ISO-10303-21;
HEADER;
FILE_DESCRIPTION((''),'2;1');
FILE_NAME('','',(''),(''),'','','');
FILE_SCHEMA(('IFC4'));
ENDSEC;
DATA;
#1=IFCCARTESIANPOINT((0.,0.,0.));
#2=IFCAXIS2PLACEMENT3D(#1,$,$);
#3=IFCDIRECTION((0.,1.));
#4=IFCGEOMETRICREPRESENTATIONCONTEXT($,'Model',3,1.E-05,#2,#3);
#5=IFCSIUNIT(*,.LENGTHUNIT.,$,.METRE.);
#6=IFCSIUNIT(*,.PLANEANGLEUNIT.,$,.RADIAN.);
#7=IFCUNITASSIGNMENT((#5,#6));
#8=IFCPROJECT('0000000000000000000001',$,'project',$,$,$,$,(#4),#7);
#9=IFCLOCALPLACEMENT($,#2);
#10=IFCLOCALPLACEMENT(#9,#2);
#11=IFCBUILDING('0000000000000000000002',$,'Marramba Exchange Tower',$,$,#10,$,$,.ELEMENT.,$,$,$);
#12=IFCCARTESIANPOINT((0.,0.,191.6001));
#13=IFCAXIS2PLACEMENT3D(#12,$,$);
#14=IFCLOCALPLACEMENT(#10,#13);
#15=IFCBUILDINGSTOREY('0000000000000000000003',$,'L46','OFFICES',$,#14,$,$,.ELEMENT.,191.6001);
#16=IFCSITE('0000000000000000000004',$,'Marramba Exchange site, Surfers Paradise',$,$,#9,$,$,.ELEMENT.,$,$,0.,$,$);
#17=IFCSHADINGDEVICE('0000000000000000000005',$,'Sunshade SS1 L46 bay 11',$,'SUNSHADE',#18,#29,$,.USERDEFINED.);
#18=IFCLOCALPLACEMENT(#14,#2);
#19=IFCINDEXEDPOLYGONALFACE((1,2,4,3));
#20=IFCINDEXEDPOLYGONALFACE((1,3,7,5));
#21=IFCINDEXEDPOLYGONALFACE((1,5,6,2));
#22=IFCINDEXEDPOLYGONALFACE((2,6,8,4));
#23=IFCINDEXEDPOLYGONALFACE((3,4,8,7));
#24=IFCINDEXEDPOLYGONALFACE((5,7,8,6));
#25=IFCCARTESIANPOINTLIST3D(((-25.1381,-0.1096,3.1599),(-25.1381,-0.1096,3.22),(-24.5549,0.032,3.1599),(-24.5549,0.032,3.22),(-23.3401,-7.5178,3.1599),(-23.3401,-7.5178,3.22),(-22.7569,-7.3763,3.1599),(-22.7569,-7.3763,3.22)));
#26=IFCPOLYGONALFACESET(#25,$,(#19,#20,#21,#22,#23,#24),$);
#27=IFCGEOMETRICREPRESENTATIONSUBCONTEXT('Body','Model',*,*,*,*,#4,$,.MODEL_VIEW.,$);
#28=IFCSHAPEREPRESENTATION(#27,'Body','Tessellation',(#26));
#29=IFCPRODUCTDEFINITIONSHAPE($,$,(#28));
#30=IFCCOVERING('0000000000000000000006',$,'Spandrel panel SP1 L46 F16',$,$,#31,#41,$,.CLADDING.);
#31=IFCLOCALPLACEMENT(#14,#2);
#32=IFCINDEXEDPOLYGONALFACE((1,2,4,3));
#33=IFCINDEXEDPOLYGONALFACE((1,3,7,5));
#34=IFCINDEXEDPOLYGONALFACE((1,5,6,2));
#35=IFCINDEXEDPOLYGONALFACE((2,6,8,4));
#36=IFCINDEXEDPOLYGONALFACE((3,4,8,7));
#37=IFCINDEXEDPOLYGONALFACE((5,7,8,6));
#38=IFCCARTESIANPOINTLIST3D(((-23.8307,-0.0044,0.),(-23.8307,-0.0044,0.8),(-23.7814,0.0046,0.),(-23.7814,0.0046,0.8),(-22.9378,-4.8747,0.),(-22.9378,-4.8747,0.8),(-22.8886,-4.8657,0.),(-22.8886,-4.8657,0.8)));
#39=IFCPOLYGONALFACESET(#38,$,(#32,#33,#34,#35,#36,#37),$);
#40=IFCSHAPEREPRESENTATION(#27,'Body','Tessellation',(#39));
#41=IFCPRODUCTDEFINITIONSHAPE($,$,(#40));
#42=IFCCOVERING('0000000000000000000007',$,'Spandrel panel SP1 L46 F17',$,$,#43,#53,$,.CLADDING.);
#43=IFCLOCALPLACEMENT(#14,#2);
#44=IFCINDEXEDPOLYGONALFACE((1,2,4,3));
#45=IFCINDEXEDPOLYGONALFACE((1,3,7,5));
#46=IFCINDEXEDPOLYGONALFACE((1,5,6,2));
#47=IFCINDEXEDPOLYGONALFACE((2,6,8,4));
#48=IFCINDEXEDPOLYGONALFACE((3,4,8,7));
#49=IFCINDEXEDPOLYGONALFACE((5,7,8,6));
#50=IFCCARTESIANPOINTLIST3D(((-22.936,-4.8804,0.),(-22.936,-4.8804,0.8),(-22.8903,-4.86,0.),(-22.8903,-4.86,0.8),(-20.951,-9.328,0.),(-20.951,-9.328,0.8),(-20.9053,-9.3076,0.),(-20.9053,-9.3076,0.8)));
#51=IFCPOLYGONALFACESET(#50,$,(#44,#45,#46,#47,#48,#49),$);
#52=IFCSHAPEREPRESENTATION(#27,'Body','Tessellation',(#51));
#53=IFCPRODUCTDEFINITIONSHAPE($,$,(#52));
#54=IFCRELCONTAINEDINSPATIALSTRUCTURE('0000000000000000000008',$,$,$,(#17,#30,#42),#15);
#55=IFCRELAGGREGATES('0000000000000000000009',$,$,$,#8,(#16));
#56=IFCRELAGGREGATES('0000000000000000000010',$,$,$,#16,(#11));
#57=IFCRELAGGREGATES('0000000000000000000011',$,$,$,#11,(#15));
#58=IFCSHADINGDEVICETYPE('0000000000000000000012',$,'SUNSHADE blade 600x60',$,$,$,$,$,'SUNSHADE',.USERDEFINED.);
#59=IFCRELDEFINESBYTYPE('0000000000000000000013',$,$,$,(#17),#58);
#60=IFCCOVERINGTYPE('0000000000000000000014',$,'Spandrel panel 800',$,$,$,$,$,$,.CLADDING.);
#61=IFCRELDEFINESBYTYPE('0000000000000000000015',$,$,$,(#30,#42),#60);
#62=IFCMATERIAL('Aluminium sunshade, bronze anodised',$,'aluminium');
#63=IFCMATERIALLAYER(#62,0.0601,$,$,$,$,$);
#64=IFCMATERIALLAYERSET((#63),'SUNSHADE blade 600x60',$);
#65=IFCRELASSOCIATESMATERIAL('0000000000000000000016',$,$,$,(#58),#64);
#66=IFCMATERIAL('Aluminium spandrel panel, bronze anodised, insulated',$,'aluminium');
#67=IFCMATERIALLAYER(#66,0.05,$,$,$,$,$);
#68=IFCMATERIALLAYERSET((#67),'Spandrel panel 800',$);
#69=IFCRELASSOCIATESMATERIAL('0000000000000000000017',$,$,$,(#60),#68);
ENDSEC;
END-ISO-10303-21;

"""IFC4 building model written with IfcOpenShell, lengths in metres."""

from ifc_helpers import new_model, si_unit, direction, frame, origin, origin_2d, place, context, subcontext, project, spatial, rectangle, extrude, material, layer, layer_set, type_object, element, save


model = new_model("IFC4")

# Units and contexts
model_context = context("Model", 3, precision=1e-05, world=origin(), true_north=direction((0.0, 1.0)))
body_context = subcontext(model_context, "Body", "Model", "MODEL_VIEW")
ifc_project = project(units=[si_unit("LENGTHUNIT", "METRE"), si_unit("PLANEANGLEUNIT", "RADIAN")], contexts=[model_context])

# Site, building, storey
site_placement = place(None, origin())
site = spatial("IfcSite", under=ifc_project, at=site_placement, Name="Marramba Exchange site, Surfers Paradise", CompositionType="ELEMENT", RefElevation=0.0)
building_placement = place(site_placement, origin())
building = spatial("IfcBuilding", under=site, at=building_placement, Name="Marramba Exchange Tower", CompositionType="ELEMENT")
storey_placement = place(building_placement, frame((0.0, 0.0, 191.6001)))
storey = spatial("IfcBuildingStorey", under=building, at=storey_placement, Name="L46", Description="OFFICES", CompositionType="ELEMENT", Elevation=191.6001)

# Shading device
ifc_material_1 = material(Name="Aluminium sunshade, bronze anodised", Category="aluminium")
ifc_layer_1 = layer(ifc_material_1, 0.0601)
ifc_layer_set_1 = layer_set([ifc_layer_1], Name="SUNSHADE blade 600x60")
shading_device_type_1 = type_object("IfcShadingDeviceType", Name="SUNSHADE blade 600x60", ElementType="SUNSHADE", PredefinedType="USERDEFINED", material=ifc_layer_set_1)
shading_device_1_placement = place(storey_placement, frame((-23.9475, -3.7429, 3.1599), z_axis=(0.0, 0.0, 1.0), x_axis=(0.235861, -0.971787, 0.0)))
element("IfcShadingDevice", 1, at=shading_device_1_placement, inside=storey, type_object=shading_device_type_1, Name="Sunshade SS1 L46 bay 11", ObjectType="SUNSHADE", PredefinedType="USERDEFINED", context=body_context, shape_type="SweptSolid", body=[
    extrude(rectangle(XDim=7.6233, YDim=0.6001, at=origin_2d()), origin(), (0.0, 0.0, 1.0), 0.0601),
])

# Coverings
ifc_material_2 = material(Name="Aluminium spandrel panel, bronze anodised, insulated", Category="aluminium")
ifc_layer_2 = layer(ifc_material_2, 0.05)
ifc_layer_set_2 = layer_set([ifc_layer_2], Name="Spandrel panel 800")
covering_type = type_object("IfcCoveringType", Name="Spandrel panel 800", PredefinedType="CLADDING", material=ifc_layer_set_2)
covering_1_placement = place(storey_placement, frame((-23.3596, -2.4351, 0.0), z_axis=(0.0, 0.0, 1.0), x_axis=(0.180327, -0.983607, 0.0)))
element("IfcCovering", 2, at=covering_1_placement, inside=storey, type_object=covering_type, Name="Spandrel panel SP1 L46 F16", PredefinedType="CLADDING", context=body_context, shape_type="SweptSolid", body=[
    extrude(rectangle(XDim=4.9514, YDim=0.05, at=origin_2d()), origin(), (0.0, 0.0, 1.0), 0.8),
])
covering_2_placement = place(storey_placement, frame((-21.9207, -7.094, 0.0), z_axis=(0.0, 0.0, 1.0), x_axis=(0.407558, -0.91318, 0.0)))
element("IfcCovering", 3, at=covering_2_placement, inside=storey, type_object=covering_type, Name="Spandrel panel SP1 L46 F17", PredefinedType="CLADDING", context=body_context, shape_type="SweptSolid", body=[
    extrude(rectangle(XDim=4.8704, YDim=0.05, at=origin_2d()), origin(), (0.0, 0.0, 1.0), 0.8),
])

save(model, "model.ifc")
